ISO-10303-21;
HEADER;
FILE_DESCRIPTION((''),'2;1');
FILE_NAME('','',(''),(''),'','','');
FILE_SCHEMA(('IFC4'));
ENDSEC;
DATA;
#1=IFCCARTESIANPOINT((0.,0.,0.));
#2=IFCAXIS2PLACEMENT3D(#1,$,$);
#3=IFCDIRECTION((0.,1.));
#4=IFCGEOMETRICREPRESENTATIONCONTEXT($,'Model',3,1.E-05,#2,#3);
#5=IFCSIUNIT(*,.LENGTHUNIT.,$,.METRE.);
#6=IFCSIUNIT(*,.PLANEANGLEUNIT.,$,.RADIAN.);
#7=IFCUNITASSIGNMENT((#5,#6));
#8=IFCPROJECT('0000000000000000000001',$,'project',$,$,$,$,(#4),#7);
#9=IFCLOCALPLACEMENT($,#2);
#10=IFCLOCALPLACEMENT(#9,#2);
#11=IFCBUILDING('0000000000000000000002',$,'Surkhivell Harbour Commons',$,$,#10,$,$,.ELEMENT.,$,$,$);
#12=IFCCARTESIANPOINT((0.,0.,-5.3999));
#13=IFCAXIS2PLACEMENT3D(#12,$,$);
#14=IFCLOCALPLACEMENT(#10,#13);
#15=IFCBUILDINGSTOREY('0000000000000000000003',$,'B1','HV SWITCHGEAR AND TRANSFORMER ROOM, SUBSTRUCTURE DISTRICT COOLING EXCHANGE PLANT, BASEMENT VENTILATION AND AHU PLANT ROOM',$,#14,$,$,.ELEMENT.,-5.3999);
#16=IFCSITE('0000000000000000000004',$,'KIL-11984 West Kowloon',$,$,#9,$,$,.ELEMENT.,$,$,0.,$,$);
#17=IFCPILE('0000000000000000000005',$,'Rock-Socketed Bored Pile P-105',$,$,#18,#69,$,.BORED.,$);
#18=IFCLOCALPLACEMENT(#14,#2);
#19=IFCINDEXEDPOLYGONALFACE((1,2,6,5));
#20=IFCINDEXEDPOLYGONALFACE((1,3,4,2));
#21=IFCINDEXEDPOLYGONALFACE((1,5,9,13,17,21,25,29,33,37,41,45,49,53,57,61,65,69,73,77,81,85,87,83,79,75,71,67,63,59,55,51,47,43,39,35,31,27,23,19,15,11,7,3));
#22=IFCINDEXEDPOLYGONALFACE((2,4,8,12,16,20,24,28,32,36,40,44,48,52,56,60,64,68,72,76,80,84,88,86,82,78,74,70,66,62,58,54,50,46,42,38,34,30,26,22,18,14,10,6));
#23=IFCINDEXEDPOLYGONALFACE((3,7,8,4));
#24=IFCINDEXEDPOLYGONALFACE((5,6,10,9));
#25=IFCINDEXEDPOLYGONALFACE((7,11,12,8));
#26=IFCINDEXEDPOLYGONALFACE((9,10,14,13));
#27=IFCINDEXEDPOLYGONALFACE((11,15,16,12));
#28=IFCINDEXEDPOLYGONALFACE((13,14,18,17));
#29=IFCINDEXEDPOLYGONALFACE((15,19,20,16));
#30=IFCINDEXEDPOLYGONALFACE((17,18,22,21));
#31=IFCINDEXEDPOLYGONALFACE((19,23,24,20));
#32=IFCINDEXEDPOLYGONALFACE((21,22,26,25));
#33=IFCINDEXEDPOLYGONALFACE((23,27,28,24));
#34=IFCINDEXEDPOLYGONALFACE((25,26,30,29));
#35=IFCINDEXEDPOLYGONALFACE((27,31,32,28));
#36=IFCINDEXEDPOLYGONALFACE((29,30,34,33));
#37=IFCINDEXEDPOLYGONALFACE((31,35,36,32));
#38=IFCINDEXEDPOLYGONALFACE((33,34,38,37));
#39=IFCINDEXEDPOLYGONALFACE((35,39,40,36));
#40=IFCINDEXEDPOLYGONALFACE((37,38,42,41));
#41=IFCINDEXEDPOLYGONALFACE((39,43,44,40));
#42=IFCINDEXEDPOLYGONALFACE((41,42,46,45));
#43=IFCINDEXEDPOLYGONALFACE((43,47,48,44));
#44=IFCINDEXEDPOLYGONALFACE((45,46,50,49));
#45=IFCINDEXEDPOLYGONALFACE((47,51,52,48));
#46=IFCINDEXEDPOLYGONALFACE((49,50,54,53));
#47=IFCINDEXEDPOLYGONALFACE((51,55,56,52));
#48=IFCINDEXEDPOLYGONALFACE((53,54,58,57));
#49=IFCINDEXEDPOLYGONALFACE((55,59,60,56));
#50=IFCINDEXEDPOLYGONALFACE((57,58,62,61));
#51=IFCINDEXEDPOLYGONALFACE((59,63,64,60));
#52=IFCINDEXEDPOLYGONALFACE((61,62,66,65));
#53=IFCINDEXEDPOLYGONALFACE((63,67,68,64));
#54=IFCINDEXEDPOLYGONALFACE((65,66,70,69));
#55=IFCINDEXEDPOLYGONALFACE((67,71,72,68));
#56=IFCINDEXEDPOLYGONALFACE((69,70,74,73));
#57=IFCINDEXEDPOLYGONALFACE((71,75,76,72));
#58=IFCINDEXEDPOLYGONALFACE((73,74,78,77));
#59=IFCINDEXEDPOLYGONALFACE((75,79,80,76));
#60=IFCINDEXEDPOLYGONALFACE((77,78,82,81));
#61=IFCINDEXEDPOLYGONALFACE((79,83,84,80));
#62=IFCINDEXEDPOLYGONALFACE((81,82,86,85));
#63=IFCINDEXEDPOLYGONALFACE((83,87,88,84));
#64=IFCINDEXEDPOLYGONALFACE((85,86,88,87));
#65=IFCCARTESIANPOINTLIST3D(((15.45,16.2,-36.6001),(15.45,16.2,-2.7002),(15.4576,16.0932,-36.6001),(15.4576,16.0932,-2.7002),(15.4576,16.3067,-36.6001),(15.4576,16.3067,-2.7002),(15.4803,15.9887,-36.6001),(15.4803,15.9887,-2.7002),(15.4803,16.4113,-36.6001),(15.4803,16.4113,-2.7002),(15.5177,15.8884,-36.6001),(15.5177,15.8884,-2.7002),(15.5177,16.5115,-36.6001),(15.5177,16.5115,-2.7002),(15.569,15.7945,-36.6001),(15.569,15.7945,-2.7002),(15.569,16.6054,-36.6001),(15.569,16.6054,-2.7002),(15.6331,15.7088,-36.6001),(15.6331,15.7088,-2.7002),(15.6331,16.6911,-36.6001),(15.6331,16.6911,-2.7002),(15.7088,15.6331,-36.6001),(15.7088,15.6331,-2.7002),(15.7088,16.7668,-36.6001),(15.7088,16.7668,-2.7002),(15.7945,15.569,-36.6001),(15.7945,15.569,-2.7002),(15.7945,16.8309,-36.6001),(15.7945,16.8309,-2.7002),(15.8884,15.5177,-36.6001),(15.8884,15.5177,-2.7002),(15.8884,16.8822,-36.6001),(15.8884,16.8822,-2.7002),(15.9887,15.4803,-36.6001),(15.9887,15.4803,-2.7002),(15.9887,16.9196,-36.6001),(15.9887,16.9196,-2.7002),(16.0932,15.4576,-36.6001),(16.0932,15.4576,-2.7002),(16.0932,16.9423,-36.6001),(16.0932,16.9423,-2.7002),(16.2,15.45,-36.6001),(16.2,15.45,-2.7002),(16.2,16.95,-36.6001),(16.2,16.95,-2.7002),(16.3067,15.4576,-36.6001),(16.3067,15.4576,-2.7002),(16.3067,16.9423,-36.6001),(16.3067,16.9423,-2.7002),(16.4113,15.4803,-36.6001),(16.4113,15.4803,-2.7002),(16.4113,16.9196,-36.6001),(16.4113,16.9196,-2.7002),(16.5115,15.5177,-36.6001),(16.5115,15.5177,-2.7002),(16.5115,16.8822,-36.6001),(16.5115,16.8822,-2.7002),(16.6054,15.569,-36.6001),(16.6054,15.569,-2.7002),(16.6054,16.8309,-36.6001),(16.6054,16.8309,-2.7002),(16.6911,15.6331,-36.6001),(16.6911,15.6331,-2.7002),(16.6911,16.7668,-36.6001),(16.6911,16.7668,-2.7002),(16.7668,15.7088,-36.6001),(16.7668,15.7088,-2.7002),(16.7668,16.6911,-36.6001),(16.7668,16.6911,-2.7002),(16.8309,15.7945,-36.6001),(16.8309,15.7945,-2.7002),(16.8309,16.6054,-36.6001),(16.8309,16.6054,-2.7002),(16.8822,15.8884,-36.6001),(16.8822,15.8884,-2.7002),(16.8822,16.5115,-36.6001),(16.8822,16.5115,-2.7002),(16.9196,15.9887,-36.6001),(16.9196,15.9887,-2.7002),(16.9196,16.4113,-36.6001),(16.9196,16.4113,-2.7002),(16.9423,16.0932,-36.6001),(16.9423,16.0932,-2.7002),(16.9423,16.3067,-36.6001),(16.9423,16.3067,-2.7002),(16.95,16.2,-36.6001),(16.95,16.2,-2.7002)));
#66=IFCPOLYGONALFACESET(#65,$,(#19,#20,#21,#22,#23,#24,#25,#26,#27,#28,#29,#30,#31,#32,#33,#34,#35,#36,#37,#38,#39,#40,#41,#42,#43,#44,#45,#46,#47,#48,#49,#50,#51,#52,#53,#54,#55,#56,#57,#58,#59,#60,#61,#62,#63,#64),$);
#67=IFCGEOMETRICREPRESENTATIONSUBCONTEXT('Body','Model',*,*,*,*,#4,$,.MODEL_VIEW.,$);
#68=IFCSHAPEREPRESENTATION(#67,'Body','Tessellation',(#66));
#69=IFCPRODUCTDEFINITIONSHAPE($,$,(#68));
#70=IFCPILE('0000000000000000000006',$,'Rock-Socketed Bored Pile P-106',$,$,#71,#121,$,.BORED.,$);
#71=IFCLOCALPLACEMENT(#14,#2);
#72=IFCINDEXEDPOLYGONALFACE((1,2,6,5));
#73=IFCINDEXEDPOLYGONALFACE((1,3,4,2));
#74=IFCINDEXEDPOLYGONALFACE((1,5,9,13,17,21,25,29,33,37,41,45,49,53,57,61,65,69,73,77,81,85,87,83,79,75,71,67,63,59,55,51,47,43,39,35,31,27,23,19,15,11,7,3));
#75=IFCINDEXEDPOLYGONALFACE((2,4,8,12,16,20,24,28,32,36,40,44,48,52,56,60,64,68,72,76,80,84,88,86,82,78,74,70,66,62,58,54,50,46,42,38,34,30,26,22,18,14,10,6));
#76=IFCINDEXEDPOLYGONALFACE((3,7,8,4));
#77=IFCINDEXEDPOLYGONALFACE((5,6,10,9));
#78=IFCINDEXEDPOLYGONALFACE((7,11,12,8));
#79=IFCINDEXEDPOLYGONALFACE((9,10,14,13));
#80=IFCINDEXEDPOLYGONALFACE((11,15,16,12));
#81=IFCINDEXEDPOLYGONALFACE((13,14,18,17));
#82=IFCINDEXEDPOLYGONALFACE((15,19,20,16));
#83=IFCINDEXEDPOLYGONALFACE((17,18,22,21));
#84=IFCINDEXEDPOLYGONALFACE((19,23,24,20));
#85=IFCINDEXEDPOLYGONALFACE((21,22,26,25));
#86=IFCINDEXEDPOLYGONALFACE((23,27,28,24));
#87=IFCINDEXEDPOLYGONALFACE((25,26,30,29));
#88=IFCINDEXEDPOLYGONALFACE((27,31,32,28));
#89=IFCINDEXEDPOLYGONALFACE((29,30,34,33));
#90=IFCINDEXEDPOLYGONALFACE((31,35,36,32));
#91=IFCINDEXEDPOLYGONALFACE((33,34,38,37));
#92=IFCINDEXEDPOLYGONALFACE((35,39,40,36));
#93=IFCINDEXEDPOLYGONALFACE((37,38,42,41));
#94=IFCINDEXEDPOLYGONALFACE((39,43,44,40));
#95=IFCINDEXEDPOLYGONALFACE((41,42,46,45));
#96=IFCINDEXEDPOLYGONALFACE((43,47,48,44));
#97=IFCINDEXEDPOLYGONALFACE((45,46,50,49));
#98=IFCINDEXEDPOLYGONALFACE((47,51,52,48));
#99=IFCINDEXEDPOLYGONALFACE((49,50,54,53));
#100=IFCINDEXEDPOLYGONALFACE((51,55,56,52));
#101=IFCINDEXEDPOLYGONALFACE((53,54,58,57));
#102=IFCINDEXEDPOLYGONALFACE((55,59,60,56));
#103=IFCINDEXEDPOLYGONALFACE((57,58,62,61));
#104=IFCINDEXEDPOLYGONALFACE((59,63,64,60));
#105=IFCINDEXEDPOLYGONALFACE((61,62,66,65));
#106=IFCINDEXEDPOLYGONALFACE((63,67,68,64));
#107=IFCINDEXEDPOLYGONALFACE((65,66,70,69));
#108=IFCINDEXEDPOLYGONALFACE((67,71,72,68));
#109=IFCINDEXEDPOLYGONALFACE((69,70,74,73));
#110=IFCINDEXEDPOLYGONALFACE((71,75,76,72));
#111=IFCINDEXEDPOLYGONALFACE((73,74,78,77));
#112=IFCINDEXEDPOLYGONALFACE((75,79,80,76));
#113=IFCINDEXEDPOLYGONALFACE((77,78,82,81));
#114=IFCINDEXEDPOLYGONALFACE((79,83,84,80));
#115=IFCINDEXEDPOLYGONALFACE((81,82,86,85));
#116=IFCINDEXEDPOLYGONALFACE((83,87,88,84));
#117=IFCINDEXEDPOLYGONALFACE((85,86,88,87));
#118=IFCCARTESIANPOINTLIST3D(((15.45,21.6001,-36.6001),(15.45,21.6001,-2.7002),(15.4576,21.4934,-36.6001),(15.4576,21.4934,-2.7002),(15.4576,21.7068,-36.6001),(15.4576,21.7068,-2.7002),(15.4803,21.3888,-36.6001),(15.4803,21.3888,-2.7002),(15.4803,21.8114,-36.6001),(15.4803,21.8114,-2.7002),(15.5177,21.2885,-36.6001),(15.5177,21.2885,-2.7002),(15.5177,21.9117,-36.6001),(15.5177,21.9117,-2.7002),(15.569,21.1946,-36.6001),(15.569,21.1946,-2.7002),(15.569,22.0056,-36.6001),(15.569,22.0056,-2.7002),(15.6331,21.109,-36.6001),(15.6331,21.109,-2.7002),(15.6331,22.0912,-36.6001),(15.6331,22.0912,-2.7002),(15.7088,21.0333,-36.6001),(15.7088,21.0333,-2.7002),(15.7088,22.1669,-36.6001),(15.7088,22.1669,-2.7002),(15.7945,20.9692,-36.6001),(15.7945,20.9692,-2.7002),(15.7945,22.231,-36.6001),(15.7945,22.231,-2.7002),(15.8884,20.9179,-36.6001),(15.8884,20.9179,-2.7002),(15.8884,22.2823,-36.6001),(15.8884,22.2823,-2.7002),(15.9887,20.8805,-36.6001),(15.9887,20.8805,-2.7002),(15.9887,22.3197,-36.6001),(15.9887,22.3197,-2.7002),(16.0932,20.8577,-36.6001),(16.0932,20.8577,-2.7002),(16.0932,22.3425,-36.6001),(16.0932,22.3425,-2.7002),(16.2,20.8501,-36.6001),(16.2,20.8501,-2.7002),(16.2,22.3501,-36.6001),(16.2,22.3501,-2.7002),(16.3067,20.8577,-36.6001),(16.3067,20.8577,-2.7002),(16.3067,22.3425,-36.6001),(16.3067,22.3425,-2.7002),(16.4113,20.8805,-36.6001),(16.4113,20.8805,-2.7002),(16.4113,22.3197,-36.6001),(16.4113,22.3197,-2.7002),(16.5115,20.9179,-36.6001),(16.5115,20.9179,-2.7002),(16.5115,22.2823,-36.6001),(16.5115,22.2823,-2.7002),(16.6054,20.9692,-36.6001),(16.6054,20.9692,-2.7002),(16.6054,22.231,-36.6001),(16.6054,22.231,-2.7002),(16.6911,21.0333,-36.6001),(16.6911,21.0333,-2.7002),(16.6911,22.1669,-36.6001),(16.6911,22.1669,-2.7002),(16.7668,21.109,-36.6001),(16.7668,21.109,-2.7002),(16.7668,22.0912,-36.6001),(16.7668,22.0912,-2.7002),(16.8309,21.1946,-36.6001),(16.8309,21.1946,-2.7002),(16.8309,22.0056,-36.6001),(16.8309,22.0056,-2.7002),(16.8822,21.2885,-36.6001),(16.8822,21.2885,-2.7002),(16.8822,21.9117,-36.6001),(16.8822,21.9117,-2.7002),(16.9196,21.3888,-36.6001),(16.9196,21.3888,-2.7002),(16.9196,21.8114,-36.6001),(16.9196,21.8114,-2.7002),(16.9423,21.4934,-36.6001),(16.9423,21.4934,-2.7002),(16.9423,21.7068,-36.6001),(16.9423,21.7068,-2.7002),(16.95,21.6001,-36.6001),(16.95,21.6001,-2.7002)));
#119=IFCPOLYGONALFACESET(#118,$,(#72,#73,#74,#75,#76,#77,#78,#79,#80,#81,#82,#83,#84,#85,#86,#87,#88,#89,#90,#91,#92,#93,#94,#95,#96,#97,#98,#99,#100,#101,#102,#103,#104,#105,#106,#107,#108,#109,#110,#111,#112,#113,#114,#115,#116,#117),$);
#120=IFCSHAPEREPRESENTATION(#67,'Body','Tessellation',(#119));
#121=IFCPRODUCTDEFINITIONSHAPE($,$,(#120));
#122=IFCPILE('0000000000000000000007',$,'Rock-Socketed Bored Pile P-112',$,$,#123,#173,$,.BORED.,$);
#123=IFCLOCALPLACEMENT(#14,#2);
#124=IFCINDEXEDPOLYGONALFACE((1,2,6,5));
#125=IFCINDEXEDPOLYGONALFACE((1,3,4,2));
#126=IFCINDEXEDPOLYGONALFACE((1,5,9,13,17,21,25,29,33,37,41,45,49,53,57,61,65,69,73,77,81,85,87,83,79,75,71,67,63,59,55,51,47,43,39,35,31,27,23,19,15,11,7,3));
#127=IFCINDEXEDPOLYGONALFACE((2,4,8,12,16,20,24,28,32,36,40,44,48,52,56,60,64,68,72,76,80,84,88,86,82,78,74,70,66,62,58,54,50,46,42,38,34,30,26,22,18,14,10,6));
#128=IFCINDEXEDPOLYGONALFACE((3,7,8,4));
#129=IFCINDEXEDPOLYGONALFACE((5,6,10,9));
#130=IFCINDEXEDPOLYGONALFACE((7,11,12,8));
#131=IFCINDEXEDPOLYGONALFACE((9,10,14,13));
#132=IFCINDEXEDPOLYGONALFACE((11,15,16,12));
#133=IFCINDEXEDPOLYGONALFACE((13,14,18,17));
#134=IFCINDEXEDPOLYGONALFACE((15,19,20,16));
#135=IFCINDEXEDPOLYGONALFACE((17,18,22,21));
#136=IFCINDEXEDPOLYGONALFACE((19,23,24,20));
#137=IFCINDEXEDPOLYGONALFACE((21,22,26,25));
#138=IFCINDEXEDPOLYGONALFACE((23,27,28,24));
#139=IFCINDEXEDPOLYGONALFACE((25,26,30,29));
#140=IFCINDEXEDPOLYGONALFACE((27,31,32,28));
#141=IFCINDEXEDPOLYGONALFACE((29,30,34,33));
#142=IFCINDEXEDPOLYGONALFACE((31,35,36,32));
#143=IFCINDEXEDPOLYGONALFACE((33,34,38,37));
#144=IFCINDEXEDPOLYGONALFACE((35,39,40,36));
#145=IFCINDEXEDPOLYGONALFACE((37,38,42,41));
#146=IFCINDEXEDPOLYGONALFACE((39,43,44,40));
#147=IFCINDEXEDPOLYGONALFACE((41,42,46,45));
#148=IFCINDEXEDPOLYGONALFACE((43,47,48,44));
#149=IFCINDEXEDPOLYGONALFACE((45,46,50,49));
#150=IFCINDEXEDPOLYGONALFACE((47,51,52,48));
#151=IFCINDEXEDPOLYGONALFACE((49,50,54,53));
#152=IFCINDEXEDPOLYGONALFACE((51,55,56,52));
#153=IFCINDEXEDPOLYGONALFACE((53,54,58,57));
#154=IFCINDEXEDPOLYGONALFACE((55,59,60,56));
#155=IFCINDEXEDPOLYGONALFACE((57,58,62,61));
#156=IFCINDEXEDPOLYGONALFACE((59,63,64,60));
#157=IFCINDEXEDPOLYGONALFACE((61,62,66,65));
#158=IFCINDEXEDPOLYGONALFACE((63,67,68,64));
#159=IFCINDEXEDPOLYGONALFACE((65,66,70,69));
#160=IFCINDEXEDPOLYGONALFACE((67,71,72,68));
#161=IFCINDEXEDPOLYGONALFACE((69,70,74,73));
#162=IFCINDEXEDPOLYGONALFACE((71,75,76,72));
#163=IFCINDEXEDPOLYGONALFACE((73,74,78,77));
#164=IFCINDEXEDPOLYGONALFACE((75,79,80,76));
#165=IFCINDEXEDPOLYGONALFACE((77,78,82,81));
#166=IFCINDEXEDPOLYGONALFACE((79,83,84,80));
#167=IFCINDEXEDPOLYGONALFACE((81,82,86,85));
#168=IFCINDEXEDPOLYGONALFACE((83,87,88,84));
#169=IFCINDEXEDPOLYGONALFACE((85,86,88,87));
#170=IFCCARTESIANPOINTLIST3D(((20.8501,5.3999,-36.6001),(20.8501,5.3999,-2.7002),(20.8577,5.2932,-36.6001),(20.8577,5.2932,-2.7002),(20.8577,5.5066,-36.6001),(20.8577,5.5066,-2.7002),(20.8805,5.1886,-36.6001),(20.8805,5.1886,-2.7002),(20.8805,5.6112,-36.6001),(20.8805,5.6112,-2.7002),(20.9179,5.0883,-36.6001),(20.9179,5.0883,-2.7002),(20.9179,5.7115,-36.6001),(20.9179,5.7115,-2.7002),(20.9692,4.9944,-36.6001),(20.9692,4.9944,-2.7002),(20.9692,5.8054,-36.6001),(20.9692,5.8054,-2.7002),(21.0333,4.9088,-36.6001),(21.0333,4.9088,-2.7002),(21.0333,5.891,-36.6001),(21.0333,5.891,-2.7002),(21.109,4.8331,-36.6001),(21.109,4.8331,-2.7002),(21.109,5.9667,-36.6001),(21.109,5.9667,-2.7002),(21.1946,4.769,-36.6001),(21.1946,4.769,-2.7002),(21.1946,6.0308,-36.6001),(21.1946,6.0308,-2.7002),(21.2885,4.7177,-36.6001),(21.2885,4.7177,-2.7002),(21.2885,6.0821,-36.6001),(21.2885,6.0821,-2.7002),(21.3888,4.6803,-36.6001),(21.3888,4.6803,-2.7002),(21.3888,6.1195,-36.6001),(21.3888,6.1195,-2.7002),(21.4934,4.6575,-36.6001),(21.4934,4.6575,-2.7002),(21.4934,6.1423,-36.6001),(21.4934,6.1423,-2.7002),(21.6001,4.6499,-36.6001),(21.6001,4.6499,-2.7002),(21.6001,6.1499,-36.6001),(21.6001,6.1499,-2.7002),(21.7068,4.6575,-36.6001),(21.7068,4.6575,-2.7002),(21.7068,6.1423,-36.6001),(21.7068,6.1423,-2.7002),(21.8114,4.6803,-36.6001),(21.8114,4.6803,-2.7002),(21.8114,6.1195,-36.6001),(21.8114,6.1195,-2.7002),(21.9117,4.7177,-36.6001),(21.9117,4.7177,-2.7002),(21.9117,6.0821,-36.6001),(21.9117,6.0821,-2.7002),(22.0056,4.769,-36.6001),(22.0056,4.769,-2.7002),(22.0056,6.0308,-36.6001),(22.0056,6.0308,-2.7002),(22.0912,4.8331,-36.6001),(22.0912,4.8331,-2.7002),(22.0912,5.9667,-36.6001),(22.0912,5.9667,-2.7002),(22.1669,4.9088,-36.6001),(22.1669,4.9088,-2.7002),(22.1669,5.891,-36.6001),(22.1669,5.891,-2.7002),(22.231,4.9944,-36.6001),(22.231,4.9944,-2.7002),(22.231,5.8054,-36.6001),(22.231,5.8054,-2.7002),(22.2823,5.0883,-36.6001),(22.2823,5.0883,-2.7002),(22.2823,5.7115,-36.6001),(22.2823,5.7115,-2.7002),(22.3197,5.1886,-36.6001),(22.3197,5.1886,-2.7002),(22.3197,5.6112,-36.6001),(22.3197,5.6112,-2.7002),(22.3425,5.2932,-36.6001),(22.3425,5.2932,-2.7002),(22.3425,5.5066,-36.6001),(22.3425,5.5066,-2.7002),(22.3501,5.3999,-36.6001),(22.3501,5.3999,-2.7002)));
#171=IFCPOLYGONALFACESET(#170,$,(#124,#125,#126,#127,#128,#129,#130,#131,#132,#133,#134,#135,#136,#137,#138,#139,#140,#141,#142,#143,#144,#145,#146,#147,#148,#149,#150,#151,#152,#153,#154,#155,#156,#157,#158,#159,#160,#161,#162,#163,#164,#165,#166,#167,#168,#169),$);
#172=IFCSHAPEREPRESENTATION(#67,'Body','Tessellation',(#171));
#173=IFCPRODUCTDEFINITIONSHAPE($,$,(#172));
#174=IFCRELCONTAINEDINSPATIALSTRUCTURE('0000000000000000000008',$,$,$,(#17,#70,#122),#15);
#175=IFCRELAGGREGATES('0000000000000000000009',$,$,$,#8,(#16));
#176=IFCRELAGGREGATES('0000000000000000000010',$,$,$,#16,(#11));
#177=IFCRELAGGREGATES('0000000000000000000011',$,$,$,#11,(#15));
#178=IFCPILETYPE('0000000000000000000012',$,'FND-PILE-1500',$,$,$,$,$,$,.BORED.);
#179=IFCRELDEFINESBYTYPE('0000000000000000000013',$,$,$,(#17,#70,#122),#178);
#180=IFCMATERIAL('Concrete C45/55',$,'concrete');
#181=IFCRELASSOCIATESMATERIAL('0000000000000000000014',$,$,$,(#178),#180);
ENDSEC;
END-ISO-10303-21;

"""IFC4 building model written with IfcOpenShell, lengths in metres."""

from ifc_helpers import new_model, si_unit, direction, frame, origin, origin_2d, place, context, subcontext, project, spatial, circle, extrude, material, material_profile, profile_set, type_object, element, save


model = new_model("IFC4")

# Units and contexts
model_context = context("Model", 3, precision=1e-05, world=origin(), true_north=direction((0.0, 1.0)))
body_context = subcontext(model_context, "Body", "Model", "MODEL_VIEW")
ifc_project = project(units=[si_unit("LENGTHUNIT", "METRE"), si_unit("PLANEANGLEUNIT", "RADIAN")], contexts=[model_context])

# Site, building, storey
site_placement = place(None, origin())
site = spatial("IfcSite", under=ifc_project, at=site_placement, Name="KIL-11984 West Kowloon", CompositionType="ELEMENT", RefElevation=0.0)
building_placement = place(site_placement, origin())
building = spatial("IfcBuilding", under=site, at=building_placement, Name="Surkhivell Harbour Commons", CompositionType="ELEMENT")
storey_placement = place(building_placement, frame((0.0, 0.0, -5.3999)))
storey = spatial("IfcBuildingStorey", under=building, at=storey_placement, Name="B1", Description="HV SWITCHGEAR AND TRANSFORMER ROOM, SUBSTRUCTURE DISTRICT COOLING EXCHANGE PLANT, BASEMENT VENTILATION AND AHU PLANT ROOM", CompositionType="ELEMENT", Elevation=-5.3999)

# Piles
ifc_material_1 = material(Name="Concrete C45/55", Category="concrete")
ifc_material_profile_1 = material_profile(ifc_material_1, circle(Radius=0.75, at=origin_2d()), Name="PILE-1500")
ifc_profile_set_1 = profile_set([ifc_material_profile_1], Name="Concrete C45/55")
pile_type_1 = type_object("IfcPileType", Name="FND-PILE-1500", PredefinedType="BORED", material=ifc_profile_set_1)
for number, where, z_axis, x_axis, name in (
    (1, (16.2, 16.2, -2.7002), (0.0, 0.0, -1.0), (1.0, 0.0, 0.0), "Rock-Socketed Bored Pile P-105"),
    (2, (16.2, 21.6001, -2.7002), (0.0, 0.0, -1.0), (1.0, 0.0, 0.0), "Rock-Socketed Bored Pile P-106"),
    (3, (21.6001, 5.3999, -2.7002), (0.0, 0.0, -1.0), (1.0, 0.0, 0.0), "Rock-Socketed Bored Pile P-112"),
):
    element("IfcPile", number, at=place(storey_placement, frame(where, z_axis=z_axis, x_axis=x_axis)), inside=storey, type_object=pile_type_1, Name=name, PredefinedType="BORED", context=body_context, shape_type="SweptSolid", body=[
        extrude(circle(Radius=0.75, at=origin_2d()), origin(), (0.0, 0.0, 1.0), 33.8999),
    ])

save(model, "model.ifc")
